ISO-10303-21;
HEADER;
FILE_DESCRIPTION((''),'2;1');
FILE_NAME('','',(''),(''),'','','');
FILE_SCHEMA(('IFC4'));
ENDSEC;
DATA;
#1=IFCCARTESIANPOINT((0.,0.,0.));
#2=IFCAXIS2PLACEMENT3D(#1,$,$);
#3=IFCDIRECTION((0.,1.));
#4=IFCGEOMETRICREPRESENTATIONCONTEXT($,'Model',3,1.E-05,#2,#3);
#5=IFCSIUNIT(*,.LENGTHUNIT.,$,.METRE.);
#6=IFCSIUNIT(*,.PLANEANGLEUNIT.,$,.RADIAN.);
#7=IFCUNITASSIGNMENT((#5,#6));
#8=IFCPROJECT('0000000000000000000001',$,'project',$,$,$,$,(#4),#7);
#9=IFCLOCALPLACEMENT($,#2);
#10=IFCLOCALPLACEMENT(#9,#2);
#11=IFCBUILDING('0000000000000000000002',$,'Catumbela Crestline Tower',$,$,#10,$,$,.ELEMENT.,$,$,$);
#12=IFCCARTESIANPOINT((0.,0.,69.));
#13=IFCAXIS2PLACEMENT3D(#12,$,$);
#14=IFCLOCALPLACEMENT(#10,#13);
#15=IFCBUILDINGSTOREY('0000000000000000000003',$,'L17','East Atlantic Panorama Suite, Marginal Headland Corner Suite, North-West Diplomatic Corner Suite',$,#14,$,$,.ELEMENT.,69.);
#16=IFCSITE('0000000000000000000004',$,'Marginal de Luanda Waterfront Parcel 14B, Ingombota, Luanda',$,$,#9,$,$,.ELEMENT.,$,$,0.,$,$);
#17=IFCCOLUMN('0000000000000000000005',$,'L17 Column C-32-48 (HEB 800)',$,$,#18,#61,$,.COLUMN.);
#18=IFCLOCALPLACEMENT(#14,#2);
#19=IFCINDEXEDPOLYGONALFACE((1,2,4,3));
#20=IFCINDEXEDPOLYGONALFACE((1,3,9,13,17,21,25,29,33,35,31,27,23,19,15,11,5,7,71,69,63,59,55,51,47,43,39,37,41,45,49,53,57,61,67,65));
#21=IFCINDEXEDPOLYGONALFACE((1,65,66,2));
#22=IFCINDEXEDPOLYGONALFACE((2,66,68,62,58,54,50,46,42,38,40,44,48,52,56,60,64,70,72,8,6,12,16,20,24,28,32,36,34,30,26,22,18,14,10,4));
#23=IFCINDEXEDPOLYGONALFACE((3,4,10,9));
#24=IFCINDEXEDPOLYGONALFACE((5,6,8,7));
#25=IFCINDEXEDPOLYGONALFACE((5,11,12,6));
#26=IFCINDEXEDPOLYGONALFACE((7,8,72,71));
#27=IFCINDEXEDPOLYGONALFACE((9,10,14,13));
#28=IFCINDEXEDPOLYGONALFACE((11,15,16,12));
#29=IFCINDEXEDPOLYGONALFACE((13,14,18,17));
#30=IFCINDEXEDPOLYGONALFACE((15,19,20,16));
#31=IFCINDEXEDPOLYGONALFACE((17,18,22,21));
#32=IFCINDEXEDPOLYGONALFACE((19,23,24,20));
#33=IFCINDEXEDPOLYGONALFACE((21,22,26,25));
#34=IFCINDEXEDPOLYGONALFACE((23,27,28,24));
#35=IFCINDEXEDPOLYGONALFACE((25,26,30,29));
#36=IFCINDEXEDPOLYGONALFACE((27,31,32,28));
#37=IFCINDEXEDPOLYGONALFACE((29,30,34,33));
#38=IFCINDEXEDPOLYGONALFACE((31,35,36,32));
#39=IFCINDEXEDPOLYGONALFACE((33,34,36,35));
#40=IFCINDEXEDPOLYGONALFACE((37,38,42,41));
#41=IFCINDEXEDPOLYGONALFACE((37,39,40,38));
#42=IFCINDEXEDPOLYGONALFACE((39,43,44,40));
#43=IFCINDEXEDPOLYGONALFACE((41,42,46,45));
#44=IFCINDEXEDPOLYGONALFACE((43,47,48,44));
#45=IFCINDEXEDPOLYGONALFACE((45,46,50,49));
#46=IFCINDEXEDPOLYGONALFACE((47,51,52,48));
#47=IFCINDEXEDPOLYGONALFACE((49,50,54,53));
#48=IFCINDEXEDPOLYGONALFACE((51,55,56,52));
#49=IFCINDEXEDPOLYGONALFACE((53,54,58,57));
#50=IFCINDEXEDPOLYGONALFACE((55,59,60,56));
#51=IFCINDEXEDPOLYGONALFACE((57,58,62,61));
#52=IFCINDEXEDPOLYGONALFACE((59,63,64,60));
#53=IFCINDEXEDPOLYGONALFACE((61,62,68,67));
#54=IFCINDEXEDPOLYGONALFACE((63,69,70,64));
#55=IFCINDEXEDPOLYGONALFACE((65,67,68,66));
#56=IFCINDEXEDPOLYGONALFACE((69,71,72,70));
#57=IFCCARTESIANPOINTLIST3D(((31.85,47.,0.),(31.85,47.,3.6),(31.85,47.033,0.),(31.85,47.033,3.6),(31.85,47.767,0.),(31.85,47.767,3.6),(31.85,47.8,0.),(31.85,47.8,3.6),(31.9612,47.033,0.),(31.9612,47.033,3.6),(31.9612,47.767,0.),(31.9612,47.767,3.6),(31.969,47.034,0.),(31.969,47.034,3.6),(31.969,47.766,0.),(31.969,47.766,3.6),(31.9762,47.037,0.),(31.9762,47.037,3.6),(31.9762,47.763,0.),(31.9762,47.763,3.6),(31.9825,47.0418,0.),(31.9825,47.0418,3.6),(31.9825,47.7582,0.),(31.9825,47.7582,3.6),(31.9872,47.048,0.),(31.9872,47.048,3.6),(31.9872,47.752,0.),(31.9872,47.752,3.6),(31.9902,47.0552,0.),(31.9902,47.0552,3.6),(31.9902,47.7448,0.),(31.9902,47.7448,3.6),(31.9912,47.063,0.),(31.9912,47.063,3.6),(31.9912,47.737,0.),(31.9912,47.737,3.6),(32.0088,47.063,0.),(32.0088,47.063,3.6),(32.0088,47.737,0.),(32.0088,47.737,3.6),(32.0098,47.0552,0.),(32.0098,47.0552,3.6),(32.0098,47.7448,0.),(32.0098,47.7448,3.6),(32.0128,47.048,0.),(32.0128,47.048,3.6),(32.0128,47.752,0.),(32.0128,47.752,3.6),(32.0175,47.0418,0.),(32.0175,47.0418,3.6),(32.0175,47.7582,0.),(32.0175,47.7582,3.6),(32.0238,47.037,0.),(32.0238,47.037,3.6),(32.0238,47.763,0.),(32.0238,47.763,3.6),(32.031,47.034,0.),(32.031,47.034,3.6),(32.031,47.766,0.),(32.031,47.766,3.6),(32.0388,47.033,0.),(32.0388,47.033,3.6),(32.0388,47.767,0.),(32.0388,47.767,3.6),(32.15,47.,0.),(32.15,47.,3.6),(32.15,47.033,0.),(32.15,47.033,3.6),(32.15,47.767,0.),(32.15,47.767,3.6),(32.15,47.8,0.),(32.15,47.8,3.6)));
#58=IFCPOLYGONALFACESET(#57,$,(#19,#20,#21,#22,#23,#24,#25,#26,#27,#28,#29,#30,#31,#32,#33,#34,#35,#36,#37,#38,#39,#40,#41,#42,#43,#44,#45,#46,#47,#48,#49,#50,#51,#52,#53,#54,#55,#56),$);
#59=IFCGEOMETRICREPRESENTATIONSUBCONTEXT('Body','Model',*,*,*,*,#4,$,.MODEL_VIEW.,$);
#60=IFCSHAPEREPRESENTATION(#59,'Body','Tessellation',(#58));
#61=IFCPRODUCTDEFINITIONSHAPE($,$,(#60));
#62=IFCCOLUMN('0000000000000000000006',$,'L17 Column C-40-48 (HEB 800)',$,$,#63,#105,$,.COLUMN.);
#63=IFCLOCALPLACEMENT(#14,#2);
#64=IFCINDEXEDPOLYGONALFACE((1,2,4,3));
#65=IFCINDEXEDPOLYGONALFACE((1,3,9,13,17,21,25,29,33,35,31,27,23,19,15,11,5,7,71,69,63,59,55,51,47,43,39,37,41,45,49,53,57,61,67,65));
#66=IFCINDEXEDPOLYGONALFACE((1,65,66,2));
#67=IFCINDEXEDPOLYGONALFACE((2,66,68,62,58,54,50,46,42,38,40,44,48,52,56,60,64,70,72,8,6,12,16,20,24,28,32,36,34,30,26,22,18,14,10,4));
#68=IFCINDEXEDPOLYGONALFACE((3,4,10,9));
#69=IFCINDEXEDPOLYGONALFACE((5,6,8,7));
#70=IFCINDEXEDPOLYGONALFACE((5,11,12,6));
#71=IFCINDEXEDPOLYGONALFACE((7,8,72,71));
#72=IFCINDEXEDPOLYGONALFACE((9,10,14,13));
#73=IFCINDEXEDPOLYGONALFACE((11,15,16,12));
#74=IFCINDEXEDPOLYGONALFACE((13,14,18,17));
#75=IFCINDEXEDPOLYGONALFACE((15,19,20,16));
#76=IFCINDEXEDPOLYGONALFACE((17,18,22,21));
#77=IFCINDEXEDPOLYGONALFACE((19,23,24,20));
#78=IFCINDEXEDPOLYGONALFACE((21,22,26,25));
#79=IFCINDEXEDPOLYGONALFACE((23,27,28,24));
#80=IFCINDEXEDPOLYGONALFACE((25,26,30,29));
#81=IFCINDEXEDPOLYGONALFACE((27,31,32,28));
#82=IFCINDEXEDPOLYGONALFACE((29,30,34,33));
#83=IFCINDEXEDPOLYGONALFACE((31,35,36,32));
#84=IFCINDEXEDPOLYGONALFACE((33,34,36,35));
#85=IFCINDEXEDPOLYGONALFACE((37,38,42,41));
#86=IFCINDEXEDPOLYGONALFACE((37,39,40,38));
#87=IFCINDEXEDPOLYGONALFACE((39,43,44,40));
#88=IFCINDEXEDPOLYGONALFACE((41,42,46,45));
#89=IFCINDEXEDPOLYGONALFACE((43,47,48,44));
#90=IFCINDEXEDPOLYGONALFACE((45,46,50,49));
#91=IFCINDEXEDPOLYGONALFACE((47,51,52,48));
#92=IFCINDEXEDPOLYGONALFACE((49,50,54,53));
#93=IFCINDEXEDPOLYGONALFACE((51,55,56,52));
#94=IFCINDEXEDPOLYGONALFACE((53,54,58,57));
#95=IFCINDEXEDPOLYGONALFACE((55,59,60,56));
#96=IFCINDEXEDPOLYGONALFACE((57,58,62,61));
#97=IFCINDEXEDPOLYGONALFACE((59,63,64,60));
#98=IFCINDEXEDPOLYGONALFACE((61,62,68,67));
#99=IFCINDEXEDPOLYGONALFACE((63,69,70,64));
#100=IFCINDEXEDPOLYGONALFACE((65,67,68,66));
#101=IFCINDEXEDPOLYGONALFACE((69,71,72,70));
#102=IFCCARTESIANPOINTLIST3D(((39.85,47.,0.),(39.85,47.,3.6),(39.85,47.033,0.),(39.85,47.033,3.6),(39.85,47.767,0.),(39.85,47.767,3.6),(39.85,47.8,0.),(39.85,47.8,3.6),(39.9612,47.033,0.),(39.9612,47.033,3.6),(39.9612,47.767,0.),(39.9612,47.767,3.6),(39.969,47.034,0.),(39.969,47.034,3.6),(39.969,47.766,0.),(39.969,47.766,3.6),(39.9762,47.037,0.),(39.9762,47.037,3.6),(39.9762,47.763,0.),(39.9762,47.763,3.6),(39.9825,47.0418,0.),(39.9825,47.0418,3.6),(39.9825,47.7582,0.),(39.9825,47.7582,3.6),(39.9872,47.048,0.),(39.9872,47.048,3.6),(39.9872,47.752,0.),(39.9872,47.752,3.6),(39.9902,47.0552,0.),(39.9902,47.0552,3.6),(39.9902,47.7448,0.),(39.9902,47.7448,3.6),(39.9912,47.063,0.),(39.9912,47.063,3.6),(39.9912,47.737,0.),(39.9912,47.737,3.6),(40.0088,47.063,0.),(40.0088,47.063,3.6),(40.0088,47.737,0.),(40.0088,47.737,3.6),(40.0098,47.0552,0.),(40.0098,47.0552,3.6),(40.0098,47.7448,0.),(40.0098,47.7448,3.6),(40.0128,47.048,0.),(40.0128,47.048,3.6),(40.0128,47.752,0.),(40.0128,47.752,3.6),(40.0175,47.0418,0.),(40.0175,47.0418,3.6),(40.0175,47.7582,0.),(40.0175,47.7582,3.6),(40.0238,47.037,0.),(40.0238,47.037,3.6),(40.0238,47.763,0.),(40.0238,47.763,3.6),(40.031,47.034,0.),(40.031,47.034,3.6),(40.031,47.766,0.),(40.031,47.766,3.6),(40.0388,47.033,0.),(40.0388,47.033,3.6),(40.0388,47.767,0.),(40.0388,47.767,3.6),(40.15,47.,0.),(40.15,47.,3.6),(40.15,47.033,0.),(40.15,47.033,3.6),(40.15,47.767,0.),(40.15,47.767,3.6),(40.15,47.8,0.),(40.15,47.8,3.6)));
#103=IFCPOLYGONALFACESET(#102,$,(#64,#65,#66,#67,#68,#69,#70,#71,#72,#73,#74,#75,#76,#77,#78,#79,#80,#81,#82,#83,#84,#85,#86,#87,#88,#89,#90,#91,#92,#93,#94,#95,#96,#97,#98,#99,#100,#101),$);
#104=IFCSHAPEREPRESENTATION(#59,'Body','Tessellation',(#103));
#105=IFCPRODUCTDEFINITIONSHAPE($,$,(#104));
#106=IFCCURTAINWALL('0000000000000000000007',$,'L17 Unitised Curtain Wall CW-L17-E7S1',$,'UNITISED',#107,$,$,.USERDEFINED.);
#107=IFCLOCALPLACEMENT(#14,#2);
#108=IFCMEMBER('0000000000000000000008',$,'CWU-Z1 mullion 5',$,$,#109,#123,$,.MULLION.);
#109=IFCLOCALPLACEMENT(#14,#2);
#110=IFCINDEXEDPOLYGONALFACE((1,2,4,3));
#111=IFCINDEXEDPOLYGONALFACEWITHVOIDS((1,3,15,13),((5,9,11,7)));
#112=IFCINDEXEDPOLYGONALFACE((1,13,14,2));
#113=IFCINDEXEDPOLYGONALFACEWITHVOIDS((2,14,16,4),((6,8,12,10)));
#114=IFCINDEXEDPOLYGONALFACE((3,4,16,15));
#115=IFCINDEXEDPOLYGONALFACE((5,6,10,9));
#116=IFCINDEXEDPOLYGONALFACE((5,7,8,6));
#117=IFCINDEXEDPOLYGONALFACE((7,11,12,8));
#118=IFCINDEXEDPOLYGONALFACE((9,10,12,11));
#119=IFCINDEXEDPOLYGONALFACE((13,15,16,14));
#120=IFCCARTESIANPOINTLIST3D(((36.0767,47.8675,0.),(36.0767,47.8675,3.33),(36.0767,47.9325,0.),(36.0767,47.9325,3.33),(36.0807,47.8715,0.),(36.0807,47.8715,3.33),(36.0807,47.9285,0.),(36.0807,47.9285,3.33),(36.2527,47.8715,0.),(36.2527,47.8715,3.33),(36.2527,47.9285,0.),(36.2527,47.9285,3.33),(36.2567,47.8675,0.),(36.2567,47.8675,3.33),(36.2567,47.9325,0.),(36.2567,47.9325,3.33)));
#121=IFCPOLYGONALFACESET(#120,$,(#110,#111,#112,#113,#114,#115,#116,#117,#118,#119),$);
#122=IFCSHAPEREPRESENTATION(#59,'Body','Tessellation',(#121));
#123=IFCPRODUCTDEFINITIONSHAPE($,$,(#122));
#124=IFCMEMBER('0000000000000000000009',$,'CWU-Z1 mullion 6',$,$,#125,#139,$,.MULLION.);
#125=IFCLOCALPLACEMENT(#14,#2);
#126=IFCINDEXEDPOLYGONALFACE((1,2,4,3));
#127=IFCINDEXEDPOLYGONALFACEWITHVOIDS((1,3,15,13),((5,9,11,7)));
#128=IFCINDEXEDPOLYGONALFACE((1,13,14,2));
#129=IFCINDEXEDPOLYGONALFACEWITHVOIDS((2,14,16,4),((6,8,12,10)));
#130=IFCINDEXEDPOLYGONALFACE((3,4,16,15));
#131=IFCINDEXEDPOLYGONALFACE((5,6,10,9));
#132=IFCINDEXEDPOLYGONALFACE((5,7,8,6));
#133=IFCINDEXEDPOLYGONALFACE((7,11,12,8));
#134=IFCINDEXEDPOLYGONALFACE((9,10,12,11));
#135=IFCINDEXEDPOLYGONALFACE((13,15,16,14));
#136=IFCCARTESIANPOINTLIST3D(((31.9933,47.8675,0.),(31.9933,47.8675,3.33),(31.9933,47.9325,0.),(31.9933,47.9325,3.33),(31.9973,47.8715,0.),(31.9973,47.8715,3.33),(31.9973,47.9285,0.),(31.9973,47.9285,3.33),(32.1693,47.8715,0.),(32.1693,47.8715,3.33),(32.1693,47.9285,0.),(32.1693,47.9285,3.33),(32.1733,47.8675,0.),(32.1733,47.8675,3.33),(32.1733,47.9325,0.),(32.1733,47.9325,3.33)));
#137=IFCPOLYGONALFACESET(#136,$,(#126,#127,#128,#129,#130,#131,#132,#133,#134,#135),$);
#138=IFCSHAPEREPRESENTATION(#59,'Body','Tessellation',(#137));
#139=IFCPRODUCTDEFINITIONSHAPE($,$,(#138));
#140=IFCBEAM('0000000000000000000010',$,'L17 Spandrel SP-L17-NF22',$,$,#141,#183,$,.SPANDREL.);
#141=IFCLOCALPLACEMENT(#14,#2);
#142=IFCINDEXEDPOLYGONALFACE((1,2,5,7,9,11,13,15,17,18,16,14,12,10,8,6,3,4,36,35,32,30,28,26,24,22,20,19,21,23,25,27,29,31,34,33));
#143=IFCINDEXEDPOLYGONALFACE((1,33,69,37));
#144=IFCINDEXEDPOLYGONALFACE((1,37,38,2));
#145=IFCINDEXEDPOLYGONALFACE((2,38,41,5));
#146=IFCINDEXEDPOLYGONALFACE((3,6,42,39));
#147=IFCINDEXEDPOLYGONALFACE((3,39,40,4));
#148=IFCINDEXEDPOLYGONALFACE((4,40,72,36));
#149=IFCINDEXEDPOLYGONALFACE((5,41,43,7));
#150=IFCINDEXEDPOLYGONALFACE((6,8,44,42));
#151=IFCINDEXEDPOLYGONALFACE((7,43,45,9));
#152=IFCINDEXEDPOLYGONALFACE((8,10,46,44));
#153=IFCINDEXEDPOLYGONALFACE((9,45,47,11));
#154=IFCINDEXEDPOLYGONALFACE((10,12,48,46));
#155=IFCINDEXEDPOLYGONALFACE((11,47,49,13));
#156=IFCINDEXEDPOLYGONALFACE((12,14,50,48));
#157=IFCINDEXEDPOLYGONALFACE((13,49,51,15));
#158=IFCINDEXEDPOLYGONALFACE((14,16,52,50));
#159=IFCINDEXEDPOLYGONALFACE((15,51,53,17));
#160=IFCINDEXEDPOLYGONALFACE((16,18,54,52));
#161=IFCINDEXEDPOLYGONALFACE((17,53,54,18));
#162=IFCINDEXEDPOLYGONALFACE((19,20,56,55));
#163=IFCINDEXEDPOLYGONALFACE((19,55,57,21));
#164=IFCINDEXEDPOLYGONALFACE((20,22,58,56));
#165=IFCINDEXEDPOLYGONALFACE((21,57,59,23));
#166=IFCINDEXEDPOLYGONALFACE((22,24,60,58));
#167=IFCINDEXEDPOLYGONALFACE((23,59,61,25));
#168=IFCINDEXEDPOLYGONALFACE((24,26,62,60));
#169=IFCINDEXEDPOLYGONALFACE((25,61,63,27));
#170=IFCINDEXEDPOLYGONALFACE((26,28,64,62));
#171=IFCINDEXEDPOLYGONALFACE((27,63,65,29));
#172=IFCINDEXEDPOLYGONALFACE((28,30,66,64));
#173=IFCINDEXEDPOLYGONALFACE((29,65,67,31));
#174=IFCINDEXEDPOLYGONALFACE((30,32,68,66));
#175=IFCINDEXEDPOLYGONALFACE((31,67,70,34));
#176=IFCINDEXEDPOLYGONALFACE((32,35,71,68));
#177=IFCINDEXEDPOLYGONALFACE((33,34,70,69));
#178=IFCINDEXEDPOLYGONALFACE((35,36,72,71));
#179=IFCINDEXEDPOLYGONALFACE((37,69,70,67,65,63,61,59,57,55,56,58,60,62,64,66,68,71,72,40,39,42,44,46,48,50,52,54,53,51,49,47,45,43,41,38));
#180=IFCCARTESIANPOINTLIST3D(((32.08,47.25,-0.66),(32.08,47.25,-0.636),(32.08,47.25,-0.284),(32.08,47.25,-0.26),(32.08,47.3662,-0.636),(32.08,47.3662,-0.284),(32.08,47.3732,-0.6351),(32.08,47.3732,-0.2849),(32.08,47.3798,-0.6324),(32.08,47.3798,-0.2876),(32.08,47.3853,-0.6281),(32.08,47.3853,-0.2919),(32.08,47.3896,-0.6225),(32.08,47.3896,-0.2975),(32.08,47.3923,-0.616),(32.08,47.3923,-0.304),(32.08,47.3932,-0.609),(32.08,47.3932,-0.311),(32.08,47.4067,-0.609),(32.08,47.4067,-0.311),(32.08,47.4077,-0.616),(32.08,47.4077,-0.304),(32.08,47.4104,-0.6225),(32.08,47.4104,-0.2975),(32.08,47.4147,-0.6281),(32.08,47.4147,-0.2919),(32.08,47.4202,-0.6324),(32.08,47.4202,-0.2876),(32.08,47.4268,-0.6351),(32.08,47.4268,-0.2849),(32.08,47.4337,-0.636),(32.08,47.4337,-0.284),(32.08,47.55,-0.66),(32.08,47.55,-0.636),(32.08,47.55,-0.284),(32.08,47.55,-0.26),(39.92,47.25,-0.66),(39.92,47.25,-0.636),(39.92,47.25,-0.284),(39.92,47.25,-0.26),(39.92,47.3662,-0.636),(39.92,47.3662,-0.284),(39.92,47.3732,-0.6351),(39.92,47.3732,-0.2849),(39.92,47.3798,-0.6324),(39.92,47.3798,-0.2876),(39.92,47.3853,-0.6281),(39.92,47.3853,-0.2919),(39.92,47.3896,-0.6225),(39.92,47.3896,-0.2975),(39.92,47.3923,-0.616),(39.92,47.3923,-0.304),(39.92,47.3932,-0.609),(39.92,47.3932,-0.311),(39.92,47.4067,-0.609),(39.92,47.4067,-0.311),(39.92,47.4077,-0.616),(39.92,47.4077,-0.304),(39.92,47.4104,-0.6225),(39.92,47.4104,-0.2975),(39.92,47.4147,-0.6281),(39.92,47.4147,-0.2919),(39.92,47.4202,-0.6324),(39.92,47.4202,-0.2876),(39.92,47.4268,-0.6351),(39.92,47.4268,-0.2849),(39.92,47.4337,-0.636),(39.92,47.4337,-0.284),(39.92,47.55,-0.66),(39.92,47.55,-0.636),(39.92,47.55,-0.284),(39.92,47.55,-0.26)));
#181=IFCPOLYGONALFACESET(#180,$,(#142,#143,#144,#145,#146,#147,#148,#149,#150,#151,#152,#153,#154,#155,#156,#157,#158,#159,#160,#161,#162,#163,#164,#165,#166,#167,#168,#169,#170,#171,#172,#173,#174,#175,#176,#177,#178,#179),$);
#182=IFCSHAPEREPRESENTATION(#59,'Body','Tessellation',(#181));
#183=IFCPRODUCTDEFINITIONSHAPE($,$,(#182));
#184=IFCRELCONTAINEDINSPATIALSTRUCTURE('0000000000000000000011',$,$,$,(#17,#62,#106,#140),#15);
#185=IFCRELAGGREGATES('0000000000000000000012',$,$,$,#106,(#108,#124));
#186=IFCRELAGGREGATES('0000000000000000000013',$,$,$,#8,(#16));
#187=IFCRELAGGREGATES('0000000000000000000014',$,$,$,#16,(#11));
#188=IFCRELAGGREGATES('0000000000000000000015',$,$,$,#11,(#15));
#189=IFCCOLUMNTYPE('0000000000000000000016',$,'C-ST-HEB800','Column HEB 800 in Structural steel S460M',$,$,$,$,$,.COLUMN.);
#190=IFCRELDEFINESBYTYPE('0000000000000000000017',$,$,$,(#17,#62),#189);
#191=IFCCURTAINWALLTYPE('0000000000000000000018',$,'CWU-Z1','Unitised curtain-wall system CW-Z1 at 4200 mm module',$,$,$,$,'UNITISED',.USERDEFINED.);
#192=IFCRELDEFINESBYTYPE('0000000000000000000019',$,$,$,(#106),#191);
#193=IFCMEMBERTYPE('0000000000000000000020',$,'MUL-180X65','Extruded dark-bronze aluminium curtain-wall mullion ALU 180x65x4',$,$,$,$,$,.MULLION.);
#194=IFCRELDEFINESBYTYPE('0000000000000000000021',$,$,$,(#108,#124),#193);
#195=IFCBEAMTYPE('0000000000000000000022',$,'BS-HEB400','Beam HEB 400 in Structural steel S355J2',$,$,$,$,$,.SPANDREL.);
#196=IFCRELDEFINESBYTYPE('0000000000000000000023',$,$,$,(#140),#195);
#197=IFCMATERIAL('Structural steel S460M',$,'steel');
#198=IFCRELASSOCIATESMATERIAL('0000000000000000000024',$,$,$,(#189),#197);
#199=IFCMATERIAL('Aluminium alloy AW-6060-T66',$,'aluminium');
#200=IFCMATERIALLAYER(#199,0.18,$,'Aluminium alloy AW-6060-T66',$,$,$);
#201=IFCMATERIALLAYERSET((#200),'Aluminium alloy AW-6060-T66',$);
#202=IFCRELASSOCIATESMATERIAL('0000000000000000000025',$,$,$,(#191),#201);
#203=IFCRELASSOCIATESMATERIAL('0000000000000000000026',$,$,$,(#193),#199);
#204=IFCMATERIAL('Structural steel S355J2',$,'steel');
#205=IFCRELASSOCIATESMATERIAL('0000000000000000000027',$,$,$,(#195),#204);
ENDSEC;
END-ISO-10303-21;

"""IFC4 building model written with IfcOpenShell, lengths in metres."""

from ifc_helpers import new_model, si_unit, direction, frame, origin, origin_2d, place, context, subcontext, project, spatial, hollow_rectangle, i_section, extrude, material, layer, layer_set, material_profile, profile_set, type_object, element, aggregate, save


model = new_model("IFC4")

# Units and contexts
model_context = context("Model", 3, precision=1e-05, world=origin(), true_north=direction((0.0, 1.0)))
body_context = subcontext(model_context, "Body", "Model", "MODEL_VIEW")
ifc_project = project(units=[si_unit("LENGTHUNIT", "METRE"), si_unit("PLANEANGLEUNIT", "RADIAN")], contexts=[model_context])

# Site, building, storey
site_placement = place(None, origin())
site = spatial("IfcSite", under=ifc_project, at=site_placement, Name="Marginal de Luanda Waterfront Parcel 14B, Ingombota, Luanda", CompositionType="ELEMENT", RefElevation=0.0)
building_placement = place(site_placement, origin())
building = spatial("IfcBuilding", under=site, at=building_placement, Name="Catumbela Crestline Tower", CompositionType="ELEMENT")
storey_placement = place(building_placement, frame((0.0, 0.0, 69.0)))
storey = spatial("IfcBuildingStorey", under=building, at=storey_placement, Name="L17", Description="East Atlantic Panorama Suite, Marginal Headland Corner Suite, North-West Diplomatic Corner Suite", CompositionType="ELEMENT", Elevation=69.0)

# Columns
ifc_material_1 = material(Name="Structural steel S460M", Category="steel")
ifc_material_profile_1 = material_profile(ifc_material_1, i_section(OverallWidth=0.3, OverallDepth=0.8, WebThickness=0.0175, FlangeThickness=0.033, FilletRadius=0.03, at=origin_2d()), Name="HEB 800")
ifc_profile_set_1 = profile_set([ifc_material_profile_1], Name="Structural steel S460M")
column_type = type_object("IfcColumnType", Name="C-ST-HEB800", Description="Column HEB 800 in Structural steel S460M", PredefinedType="COLUMN", material=ifc_profile_set_1)
for number, where, z_axis, x_axis, name in (
    (1, (32.0, 47.4, 0.0), (0.0, 0.0, 1.0), (1.0, 0.0, 0.0), "L17 Column C-32-48 (HEB 800)"),
    (2, (40.0, 47.4, 0.0), (0.0, 0.0, 1.0), (1.0, 0.0, 0.0), "L17 Column C-40-48 (HEB 800)"),
):
    element("IfcColumn", number, at=place(storey_placement, frame(where, z_axis=z_axis, x_axis=x_axis)), inside=storey, type_object=column_type, Name=name, PredefinedType="COLUMN", context=body_context, shape_type="SweptSolid", body=[
        extrude(i_section(OverallWidth=0.3, OverallDepth=0.8, WebThickness=0.0175, FlangeThickness=0.033, FilletRadius=0.03, at=origin_2d()), origin(), (0.0, 0.0, 1.0), 3.6),
    ])

# Curtain wall, members
ifc_material_2 = material(Name="Aluminium alloy AW-6060-T66", Category="aluminium")
ifc_layer_1 = layer(ifc_material_2, 0.18, Name="Aluminium alloy AW-6060-T66")
ifc_layer_set_1 = layer_set([ifc_layer_1], Name="Aluminium alloy AW-6060-T66")
curtain_wall_type = type_object("IfcCurtainWallType", Name="CWU-Z1", Description="Unitised curtain-wall system CW-Z1 at 4200 mm module", ElementType="UNITISED", PredefinedType="USERDEFINED", material=ifc_layer_set_1)
curtain_wall_placement = place(storey_placement, origin())
curtain_wall = element("IfcCurtainWall", 3, at=curtain_wall_placement, inside=storey, type_object=curtain_wall_type, Name="L17 Unitised Curtain Wall CW-L17-E7S1", ObjectType="UNITISED", PredefinedType="USERDEFINED")
ifc_material_profile_2 = material_profile(ifc_material_2, hollow_rectangle(XDim=0.065, YDim=0.18, WallThickness=0.004, at=origin_2d()), Name="ALU 180x65x4")
ifc_profile_set_2 = profile_set([ifc_material_profile_2], Name="Aluminium alloy AW-6060-T66")
member_type_1 = type_object("IfcMemberType", Name="MUL-180X65", Description="Extruded dark-bronze aluminium curtain-wall mullion ALU 180x65x4", PredefinedType="MULLION", material=ifc_profile_set_2)
member_1_placement = place(storey_placement, frame((36.1667, 47.9, 0.0), z_axis=(0.0, 0.0, 1.0), x_axis=(0.0, -1.0, 0.0)))
member_1 = element("IfcMember", 4, at=member_1_placement, type_object=member_type_1, Name="CWU-Z1 mullion 5", PredefinedType="MULLION", context=body_context, shape_type="SweptSolid", body=[
    extrude(hollow_rectangle(XDim=0.065, YDim=0.18, WallThickness=0.004, at=origin_2d()), origin(), (0.0, 0.0, 1.0), 3.33),
])
member_2_placement = place(storey_placement, frame((32.0833, 47.9, 0.0), z_axis=(0.0, 0.0, 1.0), x_axis=(0.0, -1.0, 0.0)))
member_2 = element("IfcMember", 5, at=member_2_placement, type_object=member_type_1, Name="CWU-Z1 mullion 6", PredefinedType="MULLION", context=body_context, shape_type="SweptSolid", body=[
    extrude(hollow_rectangle(XDim=0.065, YDim=0.18, WallThickness=0.004, at=origin_2d()), origin(), (0.0, 0.0, 1.0), 3.33),
])

# Beam
ifc_material_3 = material(Name="Structural steel S355J2", Category="steel")
ifc_material_profile_3 = material_profile(ifc_material_3, i_section(OverallWidth=0.3, OverallDepth=0.4, WebThickness=0.0135, FlangeThickness=0.024, FilletRadius=0.027, at=origin_2d()), Name="HEB 400")
ifc_profile_set_3 = profile_set([ifc_material_profile_3], Name="Structural steel S355J2")
beam_type = type_object("IfcBeamType", Name="BS-HEB400", Description="Beam HEB 400 in Structural steel S355J2", PredefinedType="SPANDREL", material=ifc_profile_set_3)
beam_1_placement = place(storey_placement, frame((32.08, 47.4, -0.46), z_axis=(1.0, 0.0, 0.0), x_axis=(0.0, 1.0, 0.0)))
element("IfcBeam", 6, at=beam_1_placement, inside=storey, type_object=beam_type, Name="L17 Spandrel SP-L17-NF22", PredefinedType="SPANDREL", context=body_context, shape_type="SweptSolid", body=[
    extrude(i_section(OverallWidth=0.3, OverallDepth=0.4, WebThickness=0.0135, FlangeThickness=0.024, FilletRadius=0.027, at=origin_2d()), origin(), (0.0, 0.0, 1.0), 7.84),
])

aggregate(curtain_wall, [member_1, member_2])

save(model, "model.ifc")
